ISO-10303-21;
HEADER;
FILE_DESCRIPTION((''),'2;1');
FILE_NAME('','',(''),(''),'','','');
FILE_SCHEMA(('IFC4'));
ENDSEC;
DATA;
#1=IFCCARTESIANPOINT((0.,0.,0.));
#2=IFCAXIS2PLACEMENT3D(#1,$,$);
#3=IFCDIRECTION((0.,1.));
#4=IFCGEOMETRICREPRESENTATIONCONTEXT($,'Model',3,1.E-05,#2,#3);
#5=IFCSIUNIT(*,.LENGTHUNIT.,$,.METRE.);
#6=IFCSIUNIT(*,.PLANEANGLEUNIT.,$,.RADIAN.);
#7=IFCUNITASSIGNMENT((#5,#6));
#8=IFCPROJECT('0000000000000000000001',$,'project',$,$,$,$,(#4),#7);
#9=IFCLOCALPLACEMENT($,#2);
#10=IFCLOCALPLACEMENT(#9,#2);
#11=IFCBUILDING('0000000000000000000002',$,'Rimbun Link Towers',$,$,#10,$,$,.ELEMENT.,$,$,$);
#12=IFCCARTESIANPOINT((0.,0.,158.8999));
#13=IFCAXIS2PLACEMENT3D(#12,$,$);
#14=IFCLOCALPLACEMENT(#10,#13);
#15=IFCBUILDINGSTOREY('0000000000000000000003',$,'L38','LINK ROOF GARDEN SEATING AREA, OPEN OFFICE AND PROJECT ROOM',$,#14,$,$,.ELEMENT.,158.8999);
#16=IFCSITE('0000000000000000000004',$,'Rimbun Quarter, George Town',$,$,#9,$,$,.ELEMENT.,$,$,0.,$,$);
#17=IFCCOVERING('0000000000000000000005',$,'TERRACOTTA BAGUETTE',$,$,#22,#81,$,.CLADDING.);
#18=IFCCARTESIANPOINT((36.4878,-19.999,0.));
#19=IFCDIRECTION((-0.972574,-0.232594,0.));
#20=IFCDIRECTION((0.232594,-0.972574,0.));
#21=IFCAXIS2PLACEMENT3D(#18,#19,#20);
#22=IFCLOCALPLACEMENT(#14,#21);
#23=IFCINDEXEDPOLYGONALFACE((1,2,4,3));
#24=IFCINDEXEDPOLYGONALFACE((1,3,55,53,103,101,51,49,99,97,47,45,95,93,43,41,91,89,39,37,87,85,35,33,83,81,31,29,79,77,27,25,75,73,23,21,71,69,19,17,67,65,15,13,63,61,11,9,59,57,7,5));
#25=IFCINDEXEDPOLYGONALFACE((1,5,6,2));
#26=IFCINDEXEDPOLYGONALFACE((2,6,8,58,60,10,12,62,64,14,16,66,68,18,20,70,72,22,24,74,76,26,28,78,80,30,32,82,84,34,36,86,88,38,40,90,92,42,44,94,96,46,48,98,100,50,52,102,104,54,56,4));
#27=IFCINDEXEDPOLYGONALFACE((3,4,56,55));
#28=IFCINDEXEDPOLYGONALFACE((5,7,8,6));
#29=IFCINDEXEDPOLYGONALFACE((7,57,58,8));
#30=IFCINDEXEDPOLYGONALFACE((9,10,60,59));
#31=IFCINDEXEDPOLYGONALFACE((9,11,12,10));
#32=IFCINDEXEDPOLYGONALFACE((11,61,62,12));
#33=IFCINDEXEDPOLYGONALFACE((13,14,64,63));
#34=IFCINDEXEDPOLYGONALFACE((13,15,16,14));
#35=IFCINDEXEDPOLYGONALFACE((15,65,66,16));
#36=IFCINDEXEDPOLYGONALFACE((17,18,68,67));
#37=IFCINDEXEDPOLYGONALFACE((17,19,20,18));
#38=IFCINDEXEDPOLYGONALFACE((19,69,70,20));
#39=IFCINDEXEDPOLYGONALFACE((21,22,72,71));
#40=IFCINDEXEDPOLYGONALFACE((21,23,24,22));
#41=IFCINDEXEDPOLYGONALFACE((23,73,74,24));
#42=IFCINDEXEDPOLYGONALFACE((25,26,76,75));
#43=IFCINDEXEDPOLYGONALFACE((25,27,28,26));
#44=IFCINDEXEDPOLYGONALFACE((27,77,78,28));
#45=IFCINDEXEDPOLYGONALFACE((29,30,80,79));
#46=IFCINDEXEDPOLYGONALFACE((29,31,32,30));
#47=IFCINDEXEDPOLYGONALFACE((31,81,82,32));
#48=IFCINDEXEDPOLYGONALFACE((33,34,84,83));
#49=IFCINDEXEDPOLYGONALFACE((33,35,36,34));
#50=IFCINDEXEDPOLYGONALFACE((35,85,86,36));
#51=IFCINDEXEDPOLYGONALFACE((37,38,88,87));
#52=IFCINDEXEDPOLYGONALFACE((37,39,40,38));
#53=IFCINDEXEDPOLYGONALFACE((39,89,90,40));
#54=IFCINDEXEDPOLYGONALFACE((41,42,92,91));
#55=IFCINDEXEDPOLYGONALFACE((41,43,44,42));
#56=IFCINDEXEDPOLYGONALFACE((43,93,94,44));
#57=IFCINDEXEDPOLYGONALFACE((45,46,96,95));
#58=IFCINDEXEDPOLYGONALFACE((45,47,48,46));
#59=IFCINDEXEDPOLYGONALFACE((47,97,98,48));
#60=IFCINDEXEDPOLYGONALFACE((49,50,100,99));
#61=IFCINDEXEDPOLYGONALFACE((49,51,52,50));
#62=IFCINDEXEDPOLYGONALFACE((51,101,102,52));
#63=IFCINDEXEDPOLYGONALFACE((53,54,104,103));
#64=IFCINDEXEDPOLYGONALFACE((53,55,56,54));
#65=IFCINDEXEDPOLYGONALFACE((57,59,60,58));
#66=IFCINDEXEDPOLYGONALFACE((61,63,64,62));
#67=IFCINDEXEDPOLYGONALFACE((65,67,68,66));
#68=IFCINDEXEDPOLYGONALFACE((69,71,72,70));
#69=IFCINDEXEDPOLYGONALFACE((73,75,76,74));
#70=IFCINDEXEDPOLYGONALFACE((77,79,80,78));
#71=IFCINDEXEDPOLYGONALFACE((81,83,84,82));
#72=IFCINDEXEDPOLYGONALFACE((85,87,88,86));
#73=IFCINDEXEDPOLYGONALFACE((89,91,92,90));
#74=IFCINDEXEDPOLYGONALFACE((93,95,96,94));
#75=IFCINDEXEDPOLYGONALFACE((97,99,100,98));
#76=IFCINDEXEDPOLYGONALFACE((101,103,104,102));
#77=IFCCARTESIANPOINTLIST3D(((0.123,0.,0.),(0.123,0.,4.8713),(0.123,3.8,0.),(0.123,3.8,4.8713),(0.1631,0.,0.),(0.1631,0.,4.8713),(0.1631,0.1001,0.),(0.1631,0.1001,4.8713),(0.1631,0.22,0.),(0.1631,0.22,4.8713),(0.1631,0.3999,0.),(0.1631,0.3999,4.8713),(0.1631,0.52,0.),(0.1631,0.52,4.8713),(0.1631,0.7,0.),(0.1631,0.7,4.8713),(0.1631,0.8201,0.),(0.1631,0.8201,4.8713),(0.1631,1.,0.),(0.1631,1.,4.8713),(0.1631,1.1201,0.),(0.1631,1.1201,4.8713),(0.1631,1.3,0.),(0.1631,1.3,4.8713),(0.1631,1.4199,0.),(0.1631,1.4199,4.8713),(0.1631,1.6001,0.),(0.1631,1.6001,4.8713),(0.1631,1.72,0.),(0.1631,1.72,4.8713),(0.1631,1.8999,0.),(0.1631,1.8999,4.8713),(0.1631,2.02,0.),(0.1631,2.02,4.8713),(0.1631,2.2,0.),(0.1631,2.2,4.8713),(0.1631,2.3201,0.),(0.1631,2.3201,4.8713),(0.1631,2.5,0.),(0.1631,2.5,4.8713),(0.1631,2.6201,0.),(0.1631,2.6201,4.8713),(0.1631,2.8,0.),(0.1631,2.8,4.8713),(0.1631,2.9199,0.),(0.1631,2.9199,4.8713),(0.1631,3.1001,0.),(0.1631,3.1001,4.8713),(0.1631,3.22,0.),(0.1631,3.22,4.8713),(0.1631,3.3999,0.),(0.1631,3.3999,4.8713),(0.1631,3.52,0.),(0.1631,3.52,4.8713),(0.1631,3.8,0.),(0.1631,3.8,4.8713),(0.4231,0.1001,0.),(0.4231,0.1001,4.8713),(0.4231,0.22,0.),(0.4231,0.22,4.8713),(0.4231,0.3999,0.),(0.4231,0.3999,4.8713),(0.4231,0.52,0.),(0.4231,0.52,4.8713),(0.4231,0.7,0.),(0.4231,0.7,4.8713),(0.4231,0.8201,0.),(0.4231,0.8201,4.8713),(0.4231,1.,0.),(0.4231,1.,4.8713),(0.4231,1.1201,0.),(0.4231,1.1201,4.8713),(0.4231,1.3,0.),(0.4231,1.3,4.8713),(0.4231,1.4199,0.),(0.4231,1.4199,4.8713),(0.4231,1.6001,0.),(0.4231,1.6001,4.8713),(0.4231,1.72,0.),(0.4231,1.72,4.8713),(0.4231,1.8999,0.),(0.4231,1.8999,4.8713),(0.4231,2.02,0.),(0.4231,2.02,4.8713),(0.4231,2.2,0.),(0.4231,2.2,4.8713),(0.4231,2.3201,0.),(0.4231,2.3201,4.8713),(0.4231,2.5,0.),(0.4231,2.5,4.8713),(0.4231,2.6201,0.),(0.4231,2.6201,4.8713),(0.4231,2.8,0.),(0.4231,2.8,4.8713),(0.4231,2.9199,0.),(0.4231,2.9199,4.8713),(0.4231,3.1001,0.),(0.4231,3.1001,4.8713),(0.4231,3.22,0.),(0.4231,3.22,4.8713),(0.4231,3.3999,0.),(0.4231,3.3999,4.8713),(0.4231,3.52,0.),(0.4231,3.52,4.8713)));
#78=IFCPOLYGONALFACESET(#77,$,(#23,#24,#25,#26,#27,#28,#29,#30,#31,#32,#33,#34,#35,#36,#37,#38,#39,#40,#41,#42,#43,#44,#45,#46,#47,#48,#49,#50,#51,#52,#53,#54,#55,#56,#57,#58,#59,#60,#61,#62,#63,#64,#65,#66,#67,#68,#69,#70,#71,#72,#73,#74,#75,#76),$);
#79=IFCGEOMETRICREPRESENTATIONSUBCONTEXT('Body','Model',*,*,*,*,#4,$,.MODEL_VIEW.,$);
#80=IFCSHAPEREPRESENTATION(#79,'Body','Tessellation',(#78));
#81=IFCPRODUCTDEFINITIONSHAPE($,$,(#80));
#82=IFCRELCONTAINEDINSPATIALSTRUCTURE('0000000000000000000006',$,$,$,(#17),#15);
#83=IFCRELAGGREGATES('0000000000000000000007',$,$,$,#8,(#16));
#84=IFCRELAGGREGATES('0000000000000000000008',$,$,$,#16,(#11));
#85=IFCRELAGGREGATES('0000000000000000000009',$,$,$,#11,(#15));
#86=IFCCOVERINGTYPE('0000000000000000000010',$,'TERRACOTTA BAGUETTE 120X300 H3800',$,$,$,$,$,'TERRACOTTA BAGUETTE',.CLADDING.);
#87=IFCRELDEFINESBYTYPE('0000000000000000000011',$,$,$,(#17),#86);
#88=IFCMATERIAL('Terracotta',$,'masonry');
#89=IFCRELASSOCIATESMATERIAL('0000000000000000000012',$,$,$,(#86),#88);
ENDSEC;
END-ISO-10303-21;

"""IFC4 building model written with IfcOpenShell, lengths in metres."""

from ifc_helpers import new_model, si_unit, direction, frame, origin, place, context, subcontext, project, spatial, polyline, outline, extrude, material, material_profile, profile_set, type_object, element, save


model = new_model("IFC4")

# Units and contexts
model_context = context("Model", 3, precision=1e-05, world=origin(), true_north=direction((0.0, 1.0)))
body_context = subcontext(model_context, "Body", "Model", "MODEL_VIEW")
ifc_project = project(units=[si_unit("LENGTHUNIT", "METRE"), si_unit("PLANEANGLEUNIT", "RADIAN")], contexts=[model_context])

# Site, building, storey
site_placement = place(None, origin())
site = spatial("IfcSite", under=ifc_project, at=site_placement, Name="Rimbun Quarter, George Town", CompositionType="ELEMENT", RefElevation=0.0)
building_placement = place(site_placement, origin())
building = spatial("IfcBuilding", under=site, at=building_placement, Name="Rimbun Link Towers", CompositionType="ELEMENT")
storey_placement = place(building_placement, frame((0.0, 0.0, 158.8999)))
storey = spatial("IfcBuildingStorey", under=building, at=storey_placement, Name="L38", Description="LINK ROOF GARDEN SEATING AREA, OPEN OFFICE AND PROJECT ROOM", CompositionType="ELEMENT", Elevation=158.8999)

# Covering
ifc_material_1 = material(Name="Terracotta", Category="masonry")
ifc_material_profile_1 = material_profile(ifc_material_1, outline(polyline([(0.123, 0.0), (0.1631, 0.0), (0.1631, 0.1001), (0.4231, 0.1001), (0.4231, 0.22), (0.1631, 0.22), (0.1631, 0.3999), (0.4231, 0.3999), (0.4231, 0.52), (0.1631, 0.52), (0.1631, 0.7), (0.4231, 0.7), (0.4231, 0.8201), (0.1631, 0.8201), (0.1631, 1.0), (0.4231, 1.0), (0.4231, 1.1201), (0.1631, 1.1201), (0.1631, 1.3), (0.4231, 1.3), (0.4231, 1.4199), (0.1631, 1.4199), (0.1631, 1.6001), (0.4231, 1.6001), (0.4231, 1.72), (0.1631, 1.72), (0.1631, 1.8999), (0.4231, 1.8999), (0.4231, 2.02), (0.1631, 2.02), (0.1631, 2.2), (0.4231, 2.2), (0.4231, 2.3201), (0.1631, 2.3201), (0.1631, 2.5), (0.4231, 2.5), (0.4231, 2.6201), (0.1631, 2.6201), (0.1631, 2.8), (0.4231, 2.8), (0.4231, 2.9199), (0.1631, 2.9199), (0.1631, 3.1001), (0.4231, 3.1001), (0.4231, 3.22), (0.1631, 3.22), (0.1631, 3.3999), (0.4231, 3.3999), (0.4231, 3.52), (0.1631, 3.52), (0.1631, 3.8), (0.123, 3.8), (0.123, 0.0)])), Name="BAGUETTE 120X300")
ifc_profile_set_1 = profile_set([ifc_material_profile_1], Name="Terracotta")
covering_type = type_object("IfcCoveringType", Name="TERRACOTTA BAGUETTE 120X300 H3800", ElementType="TERRACOTTA BAGUETTE", PredefinedType="CLADDING", material=ifc_profile_set_1)
covering_1_placement = place(storey_placement, frame((36.4878, -19.999, 0.0), z_axis=(-0.972574, -0.232594, 0.0), x_axis=(0.232594, -0.972574, 0.0)))
element("IfcCovering", 1, at=covering_1_placement, inside=storey, type_object=covering_type, Name="TERRACOTTA BAGUETTE", PredefinedType="CLADDING", context=body_context, shape_type="SweptSolid", body=[
    extrude(outline(polyline([(0.123, 0.0), (0.1631, 0.0), (0.1631, 0.1001), (0.4231, 0.1001), (0.4231, 0.22), (0.1631, 0.22), (0.1631, 0.3999), (0.4231, 0.3999), (0.4231, 0.52), (0.1631, 0.52), (0.1631, 0.7), (0.4231, 0.7), (0.4231, 0.8201), (0.1631, 0.8201), (0.1631, 1.0), (0.4231, 1.0), (0.4231, 1.1201), (0.1631, 1.1201), (0.1631, 1.3), (0.4231, 1.3), (0.4231, 1.4199), (0.1631, 1.4199), (0.1631, 1.6001), (0.4231, 1.6001), (0.4231, 1.72), (0.1631, 1.72), (0.1631, 1.8999), (0.4231, 1.8999), (0.4231, 2.02), (0.1631, 2.02), (0.1631, 2.2), (0.4231, 2.2), (0.4231, 2.3201), (0.1631, 2.3201), (0.1631, 2.5), (0.4231, 2.5), (0.4231, 2.6201), (0.1631, 2.6201), (0.1631, 2.8), (0.4231, 2.8), (0.4231, 2.9199), (0.1631, 2.9199), (0.1631, 3.1001), (0.4231, 3.1001), (0.4231, 3.22), (0.1631, 3.22), (0.1631, 3.3999), (0.4231, 3.3999), (0.4231, 3.52), (0.1631, 3.52), (0.1631, 3.8), (0.123, 3.8), (0.123, 0.0)])), origin(), (0.0, 0.0, 1.0), 4.8713),
])

save(model, "model.ifc")
